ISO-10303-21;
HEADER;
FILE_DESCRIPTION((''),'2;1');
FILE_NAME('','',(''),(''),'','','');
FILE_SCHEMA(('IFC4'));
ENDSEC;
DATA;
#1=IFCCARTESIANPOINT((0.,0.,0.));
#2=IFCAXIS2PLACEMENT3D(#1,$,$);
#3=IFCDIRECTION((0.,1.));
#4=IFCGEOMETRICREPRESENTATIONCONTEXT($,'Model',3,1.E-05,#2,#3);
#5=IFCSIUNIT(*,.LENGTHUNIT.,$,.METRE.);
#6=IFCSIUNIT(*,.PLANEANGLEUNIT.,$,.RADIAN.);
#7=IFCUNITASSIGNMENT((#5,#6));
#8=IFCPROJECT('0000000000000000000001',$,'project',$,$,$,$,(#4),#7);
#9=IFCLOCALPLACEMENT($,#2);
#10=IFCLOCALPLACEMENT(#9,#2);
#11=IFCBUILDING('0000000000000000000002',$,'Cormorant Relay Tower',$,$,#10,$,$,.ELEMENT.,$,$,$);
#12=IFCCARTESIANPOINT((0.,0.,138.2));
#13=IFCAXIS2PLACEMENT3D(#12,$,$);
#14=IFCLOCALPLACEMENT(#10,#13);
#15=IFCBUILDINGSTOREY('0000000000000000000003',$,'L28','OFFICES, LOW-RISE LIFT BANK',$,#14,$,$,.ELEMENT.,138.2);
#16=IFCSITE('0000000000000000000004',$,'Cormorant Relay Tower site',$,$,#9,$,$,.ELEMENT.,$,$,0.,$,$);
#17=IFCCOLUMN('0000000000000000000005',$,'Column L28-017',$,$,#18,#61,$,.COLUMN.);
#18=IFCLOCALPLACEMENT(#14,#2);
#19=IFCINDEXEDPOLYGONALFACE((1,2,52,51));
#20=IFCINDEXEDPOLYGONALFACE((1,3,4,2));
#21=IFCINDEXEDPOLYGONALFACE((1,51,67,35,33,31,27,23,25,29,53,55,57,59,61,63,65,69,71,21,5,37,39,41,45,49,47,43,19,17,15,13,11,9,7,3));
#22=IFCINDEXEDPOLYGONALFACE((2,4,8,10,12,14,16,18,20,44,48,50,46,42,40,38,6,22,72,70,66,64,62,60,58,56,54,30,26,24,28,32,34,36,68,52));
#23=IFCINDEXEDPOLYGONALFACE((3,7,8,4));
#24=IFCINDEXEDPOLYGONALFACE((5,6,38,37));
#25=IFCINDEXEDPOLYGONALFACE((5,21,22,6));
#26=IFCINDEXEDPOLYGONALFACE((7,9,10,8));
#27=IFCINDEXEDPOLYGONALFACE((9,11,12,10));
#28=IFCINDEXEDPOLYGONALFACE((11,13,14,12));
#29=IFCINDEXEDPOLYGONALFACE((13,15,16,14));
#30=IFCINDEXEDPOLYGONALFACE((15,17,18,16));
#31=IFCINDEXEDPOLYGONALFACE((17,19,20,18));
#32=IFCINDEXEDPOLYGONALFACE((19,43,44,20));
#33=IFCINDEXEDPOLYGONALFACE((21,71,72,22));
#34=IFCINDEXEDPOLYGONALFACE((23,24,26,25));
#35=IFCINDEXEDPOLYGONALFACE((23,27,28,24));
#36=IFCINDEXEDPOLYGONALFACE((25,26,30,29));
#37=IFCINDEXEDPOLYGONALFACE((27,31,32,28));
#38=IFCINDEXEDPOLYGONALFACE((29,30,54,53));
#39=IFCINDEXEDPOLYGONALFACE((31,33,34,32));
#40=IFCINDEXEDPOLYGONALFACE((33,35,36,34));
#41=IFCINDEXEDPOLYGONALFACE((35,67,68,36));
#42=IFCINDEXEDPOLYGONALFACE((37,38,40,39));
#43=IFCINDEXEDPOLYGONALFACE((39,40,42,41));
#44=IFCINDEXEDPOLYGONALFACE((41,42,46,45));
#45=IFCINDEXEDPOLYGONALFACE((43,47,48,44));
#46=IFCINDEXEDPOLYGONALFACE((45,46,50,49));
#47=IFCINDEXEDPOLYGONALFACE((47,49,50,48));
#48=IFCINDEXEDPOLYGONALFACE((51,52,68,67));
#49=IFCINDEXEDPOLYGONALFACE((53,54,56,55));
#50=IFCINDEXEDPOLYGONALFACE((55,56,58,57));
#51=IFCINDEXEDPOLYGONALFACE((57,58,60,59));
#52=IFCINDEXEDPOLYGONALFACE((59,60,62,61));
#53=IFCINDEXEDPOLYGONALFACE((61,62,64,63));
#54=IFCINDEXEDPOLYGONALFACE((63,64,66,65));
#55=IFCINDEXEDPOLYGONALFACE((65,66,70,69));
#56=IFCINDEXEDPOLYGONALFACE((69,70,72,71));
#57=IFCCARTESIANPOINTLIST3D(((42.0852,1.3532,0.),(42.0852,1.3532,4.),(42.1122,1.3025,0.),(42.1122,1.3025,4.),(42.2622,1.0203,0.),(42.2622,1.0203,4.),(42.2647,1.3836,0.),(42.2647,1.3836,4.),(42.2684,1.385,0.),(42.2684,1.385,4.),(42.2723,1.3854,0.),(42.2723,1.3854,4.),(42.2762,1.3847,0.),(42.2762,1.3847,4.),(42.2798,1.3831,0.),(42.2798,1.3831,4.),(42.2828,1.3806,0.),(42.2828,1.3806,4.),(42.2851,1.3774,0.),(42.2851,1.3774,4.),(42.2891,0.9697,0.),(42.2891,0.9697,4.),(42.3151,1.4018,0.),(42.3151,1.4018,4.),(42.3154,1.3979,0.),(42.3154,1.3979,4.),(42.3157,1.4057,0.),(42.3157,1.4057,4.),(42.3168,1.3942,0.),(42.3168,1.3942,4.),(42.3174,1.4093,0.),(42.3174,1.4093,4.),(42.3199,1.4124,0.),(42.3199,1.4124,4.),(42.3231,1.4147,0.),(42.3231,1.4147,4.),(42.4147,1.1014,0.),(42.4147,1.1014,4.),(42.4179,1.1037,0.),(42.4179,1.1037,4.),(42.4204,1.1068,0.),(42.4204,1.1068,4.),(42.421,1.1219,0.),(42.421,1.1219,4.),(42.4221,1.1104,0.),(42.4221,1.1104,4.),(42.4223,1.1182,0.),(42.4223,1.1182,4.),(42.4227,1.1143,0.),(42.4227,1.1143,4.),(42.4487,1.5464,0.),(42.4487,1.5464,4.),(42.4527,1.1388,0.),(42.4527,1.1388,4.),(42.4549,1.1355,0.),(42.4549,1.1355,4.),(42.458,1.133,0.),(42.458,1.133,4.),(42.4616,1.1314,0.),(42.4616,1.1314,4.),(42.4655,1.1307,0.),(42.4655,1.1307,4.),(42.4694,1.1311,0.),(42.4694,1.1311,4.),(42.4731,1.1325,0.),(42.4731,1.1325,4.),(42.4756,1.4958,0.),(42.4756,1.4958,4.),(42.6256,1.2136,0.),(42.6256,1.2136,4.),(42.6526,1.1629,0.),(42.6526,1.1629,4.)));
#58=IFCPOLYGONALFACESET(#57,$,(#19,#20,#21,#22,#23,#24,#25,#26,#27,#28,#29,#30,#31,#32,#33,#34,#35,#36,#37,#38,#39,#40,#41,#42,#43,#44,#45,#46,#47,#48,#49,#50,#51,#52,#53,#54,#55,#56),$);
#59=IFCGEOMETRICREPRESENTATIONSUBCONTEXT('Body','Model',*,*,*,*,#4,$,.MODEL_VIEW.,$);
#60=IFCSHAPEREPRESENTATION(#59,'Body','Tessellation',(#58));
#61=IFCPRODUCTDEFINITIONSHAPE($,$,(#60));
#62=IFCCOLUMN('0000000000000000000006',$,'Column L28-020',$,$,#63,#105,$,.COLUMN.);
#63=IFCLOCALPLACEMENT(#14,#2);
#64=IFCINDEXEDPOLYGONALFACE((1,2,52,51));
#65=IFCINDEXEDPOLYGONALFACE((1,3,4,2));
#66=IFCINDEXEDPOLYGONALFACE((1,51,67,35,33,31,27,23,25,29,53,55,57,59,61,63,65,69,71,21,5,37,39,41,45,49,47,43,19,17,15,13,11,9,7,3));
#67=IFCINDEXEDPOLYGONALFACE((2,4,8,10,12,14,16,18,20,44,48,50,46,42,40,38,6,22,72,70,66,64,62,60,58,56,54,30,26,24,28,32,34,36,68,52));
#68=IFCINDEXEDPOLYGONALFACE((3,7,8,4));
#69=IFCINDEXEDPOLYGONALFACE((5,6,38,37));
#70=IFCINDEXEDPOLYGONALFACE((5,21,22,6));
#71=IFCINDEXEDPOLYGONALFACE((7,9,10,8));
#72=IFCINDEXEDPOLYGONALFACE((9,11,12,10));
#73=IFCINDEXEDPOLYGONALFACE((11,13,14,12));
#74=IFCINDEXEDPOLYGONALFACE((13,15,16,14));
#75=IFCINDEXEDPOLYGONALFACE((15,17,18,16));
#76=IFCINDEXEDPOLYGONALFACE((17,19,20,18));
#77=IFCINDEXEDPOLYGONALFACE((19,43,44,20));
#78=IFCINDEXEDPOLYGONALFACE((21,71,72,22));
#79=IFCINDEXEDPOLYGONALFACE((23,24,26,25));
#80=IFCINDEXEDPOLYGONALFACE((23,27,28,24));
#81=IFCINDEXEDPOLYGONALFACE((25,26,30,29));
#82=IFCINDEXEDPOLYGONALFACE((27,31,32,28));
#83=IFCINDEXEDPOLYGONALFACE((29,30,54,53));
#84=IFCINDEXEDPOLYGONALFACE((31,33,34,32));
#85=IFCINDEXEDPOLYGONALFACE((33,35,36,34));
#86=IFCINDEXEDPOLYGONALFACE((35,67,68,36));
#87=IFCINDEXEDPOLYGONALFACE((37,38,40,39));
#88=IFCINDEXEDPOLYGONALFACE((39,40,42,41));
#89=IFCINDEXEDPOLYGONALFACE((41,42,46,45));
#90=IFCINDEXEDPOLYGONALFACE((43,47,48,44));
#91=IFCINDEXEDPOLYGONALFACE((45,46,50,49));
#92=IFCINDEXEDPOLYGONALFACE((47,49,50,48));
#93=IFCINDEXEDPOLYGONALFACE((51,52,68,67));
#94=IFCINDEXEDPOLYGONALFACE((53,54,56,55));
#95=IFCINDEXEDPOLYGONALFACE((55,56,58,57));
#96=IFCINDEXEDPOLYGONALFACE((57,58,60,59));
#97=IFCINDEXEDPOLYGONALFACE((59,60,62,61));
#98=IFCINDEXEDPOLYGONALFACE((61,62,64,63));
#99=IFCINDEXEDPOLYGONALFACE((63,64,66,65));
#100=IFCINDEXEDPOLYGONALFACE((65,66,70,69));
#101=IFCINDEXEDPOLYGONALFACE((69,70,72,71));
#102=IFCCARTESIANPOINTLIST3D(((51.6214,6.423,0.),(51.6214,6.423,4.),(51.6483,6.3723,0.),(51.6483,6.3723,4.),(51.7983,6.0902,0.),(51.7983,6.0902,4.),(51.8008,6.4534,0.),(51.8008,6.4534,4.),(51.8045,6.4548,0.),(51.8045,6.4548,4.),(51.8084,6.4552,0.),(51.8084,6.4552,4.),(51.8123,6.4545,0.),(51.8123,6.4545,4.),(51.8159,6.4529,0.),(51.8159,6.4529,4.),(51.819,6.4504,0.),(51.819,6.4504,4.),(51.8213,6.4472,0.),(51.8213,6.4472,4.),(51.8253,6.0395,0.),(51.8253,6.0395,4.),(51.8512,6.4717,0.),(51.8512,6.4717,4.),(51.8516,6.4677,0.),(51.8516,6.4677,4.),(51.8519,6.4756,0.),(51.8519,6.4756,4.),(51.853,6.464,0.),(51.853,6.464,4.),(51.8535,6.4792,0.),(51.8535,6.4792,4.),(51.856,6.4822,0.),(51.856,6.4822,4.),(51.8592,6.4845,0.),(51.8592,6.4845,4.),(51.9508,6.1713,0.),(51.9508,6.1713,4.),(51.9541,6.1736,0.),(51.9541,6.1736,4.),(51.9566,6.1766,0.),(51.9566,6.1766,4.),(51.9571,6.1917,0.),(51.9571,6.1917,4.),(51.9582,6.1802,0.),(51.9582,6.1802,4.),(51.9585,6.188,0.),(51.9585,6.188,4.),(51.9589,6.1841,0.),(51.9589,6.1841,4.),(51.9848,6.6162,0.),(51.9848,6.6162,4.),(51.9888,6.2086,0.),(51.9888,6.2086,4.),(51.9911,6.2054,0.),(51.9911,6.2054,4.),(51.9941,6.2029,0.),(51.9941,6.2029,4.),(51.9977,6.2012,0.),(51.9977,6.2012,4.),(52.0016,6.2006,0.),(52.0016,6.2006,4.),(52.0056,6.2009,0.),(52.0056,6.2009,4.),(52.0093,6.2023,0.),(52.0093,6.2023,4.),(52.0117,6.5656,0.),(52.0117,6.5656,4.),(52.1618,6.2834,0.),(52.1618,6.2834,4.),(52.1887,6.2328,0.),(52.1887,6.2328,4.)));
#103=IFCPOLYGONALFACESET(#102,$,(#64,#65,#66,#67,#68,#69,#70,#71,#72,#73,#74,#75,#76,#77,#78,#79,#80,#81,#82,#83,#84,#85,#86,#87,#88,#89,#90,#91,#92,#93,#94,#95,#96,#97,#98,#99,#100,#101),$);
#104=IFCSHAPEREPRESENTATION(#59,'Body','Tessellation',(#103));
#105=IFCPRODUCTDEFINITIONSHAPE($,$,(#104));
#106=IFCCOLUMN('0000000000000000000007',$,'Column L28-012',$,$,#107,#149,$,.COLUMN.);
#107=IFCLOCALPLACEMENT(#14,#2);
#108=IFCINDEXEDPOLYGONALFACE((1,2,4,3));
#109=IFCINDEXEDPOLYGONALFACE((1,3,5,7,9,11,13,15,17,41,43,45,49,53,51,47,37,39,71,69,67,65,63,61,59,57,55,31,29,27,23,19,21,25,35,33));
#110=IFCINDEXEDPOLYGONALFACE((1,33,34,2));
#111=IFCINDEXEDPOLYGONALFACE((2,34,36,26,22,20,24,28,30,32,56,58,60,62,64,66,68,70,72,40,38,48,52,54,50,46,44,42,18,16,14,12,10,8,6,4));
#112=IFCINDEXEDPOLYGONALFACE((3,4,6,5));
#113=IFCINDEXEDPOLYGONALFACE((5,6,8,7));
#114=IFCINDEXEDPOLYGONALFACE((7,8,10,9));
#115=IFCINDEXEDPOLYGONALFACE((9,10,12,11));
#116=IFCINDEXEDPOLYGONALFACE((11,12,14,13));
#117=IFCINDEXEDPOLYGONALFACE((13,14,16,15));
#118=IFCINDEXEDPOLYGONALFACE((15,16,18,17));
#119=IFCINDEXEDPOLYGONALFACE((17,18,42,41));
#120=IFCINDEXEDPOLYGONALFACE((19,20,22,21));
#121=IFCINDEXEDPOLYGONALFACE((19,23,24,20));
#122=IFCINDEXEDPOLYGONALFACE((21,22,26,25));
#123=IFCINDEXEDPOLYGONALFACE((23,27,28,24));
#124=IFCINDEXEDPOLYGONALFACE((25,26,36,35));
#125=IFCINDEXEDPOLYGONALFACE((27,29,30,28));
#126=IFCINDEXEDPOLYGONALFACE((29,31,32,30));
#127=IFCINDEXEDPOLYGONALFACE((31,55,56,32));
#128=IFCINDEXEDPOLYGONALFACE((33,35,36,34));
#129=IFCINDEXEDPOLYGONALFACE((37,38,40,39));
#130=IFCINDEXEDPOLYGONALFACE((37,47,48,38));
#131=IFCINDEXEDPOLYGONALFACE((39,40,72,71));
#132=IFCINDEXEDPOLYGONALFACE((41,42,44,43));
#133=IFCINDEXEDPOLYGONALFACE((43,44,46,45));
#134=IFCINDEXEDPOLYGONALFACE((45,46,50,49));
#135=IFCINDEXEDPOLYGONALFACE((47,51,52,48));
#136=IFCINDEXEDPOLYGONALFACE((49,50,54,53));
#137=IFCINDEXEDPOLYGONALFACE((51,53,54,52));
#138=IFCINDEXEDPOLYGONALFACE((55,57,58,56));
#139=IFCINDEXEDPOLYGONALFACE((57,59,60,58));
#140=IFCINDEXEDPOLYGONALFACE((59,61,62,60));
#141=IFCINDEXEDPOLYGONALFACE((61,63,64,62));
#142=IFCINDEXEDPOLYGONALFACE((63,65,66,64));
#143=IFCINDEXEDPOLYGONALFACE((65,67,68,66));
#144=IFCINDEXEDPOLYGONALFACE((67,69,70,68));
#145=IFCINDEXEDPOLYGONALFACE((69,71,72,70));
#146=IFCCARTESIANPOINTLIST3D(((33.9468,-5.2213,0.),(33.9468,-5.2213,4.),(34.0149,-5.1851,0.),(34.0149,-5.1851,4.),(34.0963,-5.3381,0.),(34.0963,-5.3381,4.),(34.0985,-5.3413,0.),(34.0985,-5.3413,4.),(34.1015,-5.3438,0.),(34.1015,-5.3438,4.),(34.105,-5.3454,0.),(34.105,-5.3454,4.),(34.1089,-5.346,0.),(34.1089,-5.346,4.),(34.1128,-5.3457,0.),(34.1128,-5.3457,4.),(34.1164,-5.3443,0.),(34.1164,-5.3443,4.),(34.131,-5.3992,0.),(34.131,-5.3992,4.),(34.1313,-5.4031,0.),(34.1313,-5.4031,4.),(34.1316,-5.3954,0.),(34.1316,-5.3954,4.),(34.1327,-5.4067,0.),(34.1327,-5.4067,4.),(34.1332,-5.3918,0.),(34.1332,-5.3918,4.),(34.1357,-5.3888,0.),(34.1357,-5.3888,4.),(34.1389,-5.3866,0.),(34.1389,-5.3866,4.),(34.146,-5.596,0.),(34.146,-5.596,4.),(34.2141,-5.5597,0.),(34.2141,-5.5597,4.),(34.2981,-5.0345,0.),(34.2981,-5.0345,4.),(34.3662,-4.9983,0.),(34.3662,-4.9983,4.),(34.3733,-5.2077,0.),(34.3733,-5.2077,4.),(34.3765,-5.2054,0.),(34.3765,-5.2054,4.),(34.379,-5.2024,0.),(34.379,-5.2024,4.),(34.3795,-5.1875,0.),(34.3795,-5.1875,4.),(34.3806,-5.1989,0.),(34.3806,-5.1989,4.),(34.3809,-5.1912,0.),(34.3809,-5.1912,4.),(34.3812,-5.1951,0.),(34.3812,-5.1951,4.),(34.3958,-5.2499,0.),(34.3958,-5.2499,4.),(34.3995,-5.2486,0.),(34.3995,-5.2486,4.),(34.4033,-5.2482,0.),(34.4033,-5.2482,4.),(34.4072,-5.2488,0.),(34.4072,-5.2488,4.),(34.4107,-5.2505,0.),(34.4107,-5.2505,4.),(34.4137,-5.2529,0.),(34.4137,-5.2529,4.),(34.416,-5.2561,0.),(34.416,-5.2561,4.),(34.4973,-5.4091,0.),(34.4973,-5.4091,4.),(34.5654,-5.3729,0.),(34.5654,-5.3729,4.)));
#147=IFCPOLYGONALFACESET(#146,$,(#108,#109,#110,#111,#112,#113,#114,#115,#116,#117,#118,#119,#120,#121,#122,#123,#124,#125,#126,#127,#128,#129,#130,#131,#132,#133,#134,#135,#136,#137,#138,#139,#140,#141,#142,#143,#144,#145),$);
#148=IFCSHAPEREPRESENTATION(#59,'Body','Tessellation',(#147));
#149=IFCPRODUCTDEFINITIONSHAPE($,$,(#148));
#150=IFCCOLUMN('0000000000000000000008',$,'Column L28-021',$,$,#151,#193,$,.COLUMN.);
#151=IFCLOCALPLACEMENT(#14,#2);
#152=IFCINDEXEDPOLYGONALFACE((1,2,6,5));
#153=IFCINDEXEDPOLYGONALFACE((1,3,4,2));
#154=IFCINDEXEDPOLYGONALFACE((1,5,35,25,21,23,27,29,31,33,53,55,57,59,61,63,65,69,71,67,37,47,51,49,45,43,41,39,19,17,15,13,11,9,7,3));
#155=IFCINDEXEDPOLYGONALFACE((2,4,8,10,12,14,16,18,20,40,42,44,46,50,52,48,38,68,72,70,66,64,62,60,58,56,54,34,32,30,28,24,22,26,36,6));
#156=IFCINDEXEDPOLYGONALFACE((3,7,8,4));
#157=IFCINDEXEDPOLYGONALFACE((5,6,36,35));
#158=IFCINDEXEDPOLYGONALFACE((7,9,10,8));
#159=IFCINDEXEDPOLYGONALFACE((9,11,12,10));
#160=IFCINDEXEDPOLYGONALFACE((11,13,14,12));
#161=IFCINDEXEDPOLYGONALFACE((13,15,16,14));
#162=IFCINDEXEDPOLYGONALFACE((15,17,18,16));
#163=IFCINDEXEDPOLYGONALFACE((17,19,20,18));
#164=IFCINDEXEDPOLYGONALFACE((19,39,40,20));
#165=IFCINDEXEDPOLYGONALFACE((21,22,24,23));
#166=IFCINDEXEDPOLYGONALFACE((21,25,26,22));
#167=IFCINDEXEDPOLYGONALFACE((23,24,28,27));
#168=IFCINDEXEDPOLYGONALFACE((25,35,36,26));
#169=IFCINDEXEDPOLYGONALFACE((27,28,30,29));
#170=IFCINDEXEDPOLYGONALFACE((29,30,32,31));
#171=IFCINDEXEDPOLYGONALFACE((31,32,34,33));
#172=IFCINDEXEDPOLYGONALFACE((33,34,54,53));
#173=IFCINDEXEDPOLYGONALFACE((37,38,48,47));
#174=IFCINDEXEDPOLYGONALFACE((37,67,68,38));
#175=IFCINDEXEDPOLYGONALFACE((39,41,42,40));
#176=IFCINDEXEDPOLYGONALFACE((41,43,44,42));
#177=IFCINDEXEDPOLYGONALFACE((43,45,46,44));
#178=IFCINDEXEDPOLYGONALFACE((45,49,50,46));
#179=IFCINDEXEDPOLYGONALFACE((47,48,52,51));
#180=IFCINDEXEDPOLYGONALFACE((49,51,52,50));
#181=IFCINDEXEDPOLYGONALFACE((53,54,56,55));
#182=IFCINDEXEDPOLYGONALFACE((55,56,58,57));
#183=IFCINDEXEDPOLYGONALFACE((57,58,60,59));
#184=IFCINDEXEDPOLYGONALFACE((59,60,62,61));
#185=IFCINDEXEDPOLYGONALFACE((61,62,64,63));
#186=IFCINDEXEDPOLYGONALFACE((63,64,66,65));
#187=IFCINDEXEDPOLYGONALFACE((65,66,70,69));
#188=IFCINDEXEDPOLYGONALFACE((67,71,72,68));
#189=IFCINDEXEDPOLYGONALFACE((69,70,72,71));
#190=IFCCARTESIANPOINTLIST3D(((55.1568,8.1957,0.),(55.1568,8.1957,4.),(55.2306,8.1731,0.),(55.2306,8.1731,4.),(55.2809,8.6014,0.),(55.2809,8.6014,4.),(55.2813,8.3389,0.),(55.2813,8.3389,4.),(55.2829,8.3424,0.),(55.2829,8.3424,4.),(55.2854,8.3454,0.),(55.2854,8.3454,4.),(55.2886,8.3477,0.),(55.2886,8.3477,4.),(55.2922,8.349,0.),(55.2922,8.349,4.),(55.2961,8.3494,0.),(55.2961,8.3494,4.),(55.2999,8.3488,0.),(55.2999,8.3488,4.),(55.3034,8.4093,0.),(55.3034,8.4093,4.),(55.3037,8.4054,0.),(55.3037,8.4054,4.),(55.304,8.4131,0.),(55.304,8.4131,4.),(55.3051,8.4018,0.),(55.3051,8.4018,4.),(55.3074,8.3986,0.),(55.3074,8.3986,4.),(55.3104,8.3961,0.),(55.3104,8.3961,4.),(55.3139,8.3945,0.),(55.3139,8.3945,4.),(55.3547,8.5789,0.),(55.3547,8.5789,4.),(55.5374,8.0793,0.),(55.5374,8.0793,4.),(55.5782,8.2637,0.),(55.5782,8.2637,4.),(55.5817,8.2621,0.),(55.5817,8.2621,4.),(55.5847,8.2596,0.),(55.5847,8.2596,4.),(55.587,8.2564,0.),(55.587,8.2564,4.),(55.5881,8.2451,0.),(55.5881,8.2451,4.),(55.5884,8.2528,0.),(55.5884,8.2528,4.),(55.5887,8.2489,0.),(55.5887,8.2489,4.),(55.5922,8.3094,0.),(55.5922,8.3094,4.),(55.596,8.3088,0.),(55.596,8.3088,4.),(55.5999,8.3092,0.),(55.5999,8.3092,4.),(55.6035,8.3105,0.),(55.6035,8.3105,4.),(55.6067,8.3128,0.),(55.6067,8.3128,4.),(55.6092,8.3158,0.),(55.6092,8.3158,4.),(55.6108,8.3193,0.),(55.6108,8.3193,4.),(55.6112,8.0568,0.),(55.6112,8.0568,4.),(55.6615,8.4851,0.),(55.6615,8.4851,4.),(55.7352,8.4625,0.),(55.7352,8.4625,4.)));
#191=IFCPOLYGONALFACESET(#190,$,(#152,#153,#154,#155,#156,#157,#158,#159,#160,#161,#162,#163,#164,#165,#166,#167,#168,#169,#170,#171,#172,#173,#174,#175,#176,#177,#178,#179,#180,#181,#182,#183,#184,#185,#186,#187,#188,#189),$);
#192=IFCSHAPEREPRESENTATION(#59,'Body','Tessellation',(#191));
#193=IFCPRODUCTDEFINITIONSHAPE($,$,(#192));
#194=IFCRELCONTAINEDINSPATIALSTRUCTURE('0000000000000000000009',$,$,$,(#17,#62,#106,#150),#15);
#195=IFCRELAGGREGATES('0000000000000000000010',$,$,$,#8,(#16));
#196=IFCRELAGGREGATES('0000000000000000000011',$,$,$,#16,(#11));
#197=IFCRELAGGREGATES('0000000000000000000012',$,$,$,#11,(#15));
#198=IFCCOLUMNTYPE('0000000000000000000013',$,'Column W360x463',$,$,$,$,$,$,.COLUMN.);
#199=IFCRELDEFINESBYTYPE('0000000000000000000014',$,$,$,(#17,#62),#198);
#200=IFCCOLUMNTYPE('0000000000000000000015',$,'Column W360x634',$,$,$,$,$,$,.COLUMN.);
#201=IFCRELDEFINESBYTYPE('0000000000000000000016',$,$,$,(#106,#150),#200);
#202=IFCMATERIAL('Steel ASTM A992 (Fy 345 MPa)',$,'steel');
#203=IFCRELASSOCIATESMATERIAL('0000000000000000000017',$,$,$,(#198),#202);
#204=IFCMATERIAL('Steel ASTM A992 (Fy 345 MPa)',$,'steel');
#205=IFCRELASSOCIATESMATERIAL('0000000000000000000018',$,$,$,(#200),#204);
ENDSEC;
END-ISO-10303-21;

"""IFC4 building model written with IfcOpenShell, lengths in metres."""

from ifc_helpers import new_model, si_unit, direction, frame, origin, origin_2d, place, context, subcontext, project, spatial, i_section, extrude, material, material_profile, profile_set, type_object, element, save


model = new_model("IFC4")

# Units and contexts
model_context = context("Model", 3, precision=1e-05, world=origin(), true_north=direction((0.0, 1.0)))
body_context = subcontext(model_context, "Body", "Model", "MODEL_VIEW")
ifc_project = project(units=[si_unit("LENGTHUNIT", "METRE"), si_unit("PLANEANGLEUNIT", "RADIAN")], contexts=[model_context])

# Site, building, storey
site_placement = place(None, origin())
site = spatial("IfcSite", under=ifc_project, at=site_placement, Name="Cormorant Relay Tower site", CompositionType="ELEMENT", RefElevation=0.0)
building_placement = place(site_placement, origin())
building = spatial("IfcBuilding", under=site, at=building_placement, Name="Cormorant Relay Tower", CompositionType="ELEMENT")
storey_placement = place(building_placement, frame((0.0, 0.0, 138.2)))
storey = spatial("IfcBuildingStorey", under=building, at=storey_placement, Name="L28", Description="OFFICES, LOW-RISE LIFT BANK", CompositionType="ELEMENT", Elevation=138.2)

# Columns
ifc_material_1 = material(Name="Steel ASTM A992 (Fy 345 MPa)", Category="steel")
ifc_material_profile_1 = material_profile(ifc_material_1, i_section(OverallWidth=0.4116, OverallDepth=0.4343, WebThickness=0.0359, FlangeThickness=0.0574, FilletRadius=0.0151, at=origin_2d()), Name="W360x463")
ifc_profile_set_1 = profile_set([ifc_material_profile_1], Name="Steel ASTM A992 (Fy 345 MPa)")
column_type_1 = type_object("IfcColumnType", Name="Column W360x463", PredefinedType="COLUMN", material=ifc_profile_set_1)
for number, where, z_axis, x_axis, name in (
    (1, (42.3689, 1.2581, 0.0), (0.0, 0.0, 1.0), (0.882948, 0.469472, 0.0), "Column L28-017"),
    (2, (51.905, 6.3279, 0.0), (0.0, 0.0, 1.0), (0.882948, 0.469472, 0.0), "Column L28-020"),
):
    element("IfcColumn", number, at=place(storey_placement, frame(where, z_axis=z_axis, x_axis=x_axis)), inside=storey, type_object=column_type_1, Name=name, PredefinedType="COLUMN", context=body_context, shape_type="SweptSolid", body=[
        extrude(i_section(OverallWidth=0.4116, OverallDepth=0.4343, WebThickness=0.0359, FlangeThickness=0.0574, FilletRadius=0.0151, at=origin_2d()), origin(), (0.0, 0.0, 1.0), 4.0),
    ])
ifc_material_2 = material(Name="Steel ASTM A992 (Fy 345 MPa)", Category="steel")
ifc_material_profile_2 = material_profile(ifc_material_2, i_section(OverallWidth=0.4243, OverallDepth=0.4751, WebThickness=0.0479, FlangeThickness=0.0771, FilletRadius=0.0149, at=origin_2d()), Name="W360x634")
ifc_profile_set_2 = profile_set([ifc_material_profile_2], Name="Steel ASTM A992 (Fy 345 MPa)")
column_type_2 = type_object("IfcColumnType", Name="Column W360x634", PredefinedType="COLUMN", material=ifc_profile_set_2)
for number, where, z_axis, x_axis, name in (
    (3, (34.2561, -5.2971, 0.0), (0.0, 0.0, 1.0), (-0.469472, 0.882948, 0.0), "Column L28-012"),
    (4, (55.446, 8.3291, 0.0), (0.0, 0.0, 1.0), (0.292372, 0.956305, 0.0), "Column L28-021"),
):
    element("IfcColumn", number, at=place(storey_placement, frame(where, z_axis=z_axis, x_axis=x_axis)), inside=storey, type_object=column_type_2, Name=name, PredefinedType="COLUMN", context=body_context, shape_type="SweptSolid", body=[
        extrude(i_section(OverallWidth=0.4243, OverallDepth=0.4751, WebThickness=0.0479, FlangeThickness=0.0771, FilletRadius=0.0149, at=origin_2d()), origin(), (0.0, 0.0, 1.0), 4.0),
    ])

save(model, "model.ifc")
